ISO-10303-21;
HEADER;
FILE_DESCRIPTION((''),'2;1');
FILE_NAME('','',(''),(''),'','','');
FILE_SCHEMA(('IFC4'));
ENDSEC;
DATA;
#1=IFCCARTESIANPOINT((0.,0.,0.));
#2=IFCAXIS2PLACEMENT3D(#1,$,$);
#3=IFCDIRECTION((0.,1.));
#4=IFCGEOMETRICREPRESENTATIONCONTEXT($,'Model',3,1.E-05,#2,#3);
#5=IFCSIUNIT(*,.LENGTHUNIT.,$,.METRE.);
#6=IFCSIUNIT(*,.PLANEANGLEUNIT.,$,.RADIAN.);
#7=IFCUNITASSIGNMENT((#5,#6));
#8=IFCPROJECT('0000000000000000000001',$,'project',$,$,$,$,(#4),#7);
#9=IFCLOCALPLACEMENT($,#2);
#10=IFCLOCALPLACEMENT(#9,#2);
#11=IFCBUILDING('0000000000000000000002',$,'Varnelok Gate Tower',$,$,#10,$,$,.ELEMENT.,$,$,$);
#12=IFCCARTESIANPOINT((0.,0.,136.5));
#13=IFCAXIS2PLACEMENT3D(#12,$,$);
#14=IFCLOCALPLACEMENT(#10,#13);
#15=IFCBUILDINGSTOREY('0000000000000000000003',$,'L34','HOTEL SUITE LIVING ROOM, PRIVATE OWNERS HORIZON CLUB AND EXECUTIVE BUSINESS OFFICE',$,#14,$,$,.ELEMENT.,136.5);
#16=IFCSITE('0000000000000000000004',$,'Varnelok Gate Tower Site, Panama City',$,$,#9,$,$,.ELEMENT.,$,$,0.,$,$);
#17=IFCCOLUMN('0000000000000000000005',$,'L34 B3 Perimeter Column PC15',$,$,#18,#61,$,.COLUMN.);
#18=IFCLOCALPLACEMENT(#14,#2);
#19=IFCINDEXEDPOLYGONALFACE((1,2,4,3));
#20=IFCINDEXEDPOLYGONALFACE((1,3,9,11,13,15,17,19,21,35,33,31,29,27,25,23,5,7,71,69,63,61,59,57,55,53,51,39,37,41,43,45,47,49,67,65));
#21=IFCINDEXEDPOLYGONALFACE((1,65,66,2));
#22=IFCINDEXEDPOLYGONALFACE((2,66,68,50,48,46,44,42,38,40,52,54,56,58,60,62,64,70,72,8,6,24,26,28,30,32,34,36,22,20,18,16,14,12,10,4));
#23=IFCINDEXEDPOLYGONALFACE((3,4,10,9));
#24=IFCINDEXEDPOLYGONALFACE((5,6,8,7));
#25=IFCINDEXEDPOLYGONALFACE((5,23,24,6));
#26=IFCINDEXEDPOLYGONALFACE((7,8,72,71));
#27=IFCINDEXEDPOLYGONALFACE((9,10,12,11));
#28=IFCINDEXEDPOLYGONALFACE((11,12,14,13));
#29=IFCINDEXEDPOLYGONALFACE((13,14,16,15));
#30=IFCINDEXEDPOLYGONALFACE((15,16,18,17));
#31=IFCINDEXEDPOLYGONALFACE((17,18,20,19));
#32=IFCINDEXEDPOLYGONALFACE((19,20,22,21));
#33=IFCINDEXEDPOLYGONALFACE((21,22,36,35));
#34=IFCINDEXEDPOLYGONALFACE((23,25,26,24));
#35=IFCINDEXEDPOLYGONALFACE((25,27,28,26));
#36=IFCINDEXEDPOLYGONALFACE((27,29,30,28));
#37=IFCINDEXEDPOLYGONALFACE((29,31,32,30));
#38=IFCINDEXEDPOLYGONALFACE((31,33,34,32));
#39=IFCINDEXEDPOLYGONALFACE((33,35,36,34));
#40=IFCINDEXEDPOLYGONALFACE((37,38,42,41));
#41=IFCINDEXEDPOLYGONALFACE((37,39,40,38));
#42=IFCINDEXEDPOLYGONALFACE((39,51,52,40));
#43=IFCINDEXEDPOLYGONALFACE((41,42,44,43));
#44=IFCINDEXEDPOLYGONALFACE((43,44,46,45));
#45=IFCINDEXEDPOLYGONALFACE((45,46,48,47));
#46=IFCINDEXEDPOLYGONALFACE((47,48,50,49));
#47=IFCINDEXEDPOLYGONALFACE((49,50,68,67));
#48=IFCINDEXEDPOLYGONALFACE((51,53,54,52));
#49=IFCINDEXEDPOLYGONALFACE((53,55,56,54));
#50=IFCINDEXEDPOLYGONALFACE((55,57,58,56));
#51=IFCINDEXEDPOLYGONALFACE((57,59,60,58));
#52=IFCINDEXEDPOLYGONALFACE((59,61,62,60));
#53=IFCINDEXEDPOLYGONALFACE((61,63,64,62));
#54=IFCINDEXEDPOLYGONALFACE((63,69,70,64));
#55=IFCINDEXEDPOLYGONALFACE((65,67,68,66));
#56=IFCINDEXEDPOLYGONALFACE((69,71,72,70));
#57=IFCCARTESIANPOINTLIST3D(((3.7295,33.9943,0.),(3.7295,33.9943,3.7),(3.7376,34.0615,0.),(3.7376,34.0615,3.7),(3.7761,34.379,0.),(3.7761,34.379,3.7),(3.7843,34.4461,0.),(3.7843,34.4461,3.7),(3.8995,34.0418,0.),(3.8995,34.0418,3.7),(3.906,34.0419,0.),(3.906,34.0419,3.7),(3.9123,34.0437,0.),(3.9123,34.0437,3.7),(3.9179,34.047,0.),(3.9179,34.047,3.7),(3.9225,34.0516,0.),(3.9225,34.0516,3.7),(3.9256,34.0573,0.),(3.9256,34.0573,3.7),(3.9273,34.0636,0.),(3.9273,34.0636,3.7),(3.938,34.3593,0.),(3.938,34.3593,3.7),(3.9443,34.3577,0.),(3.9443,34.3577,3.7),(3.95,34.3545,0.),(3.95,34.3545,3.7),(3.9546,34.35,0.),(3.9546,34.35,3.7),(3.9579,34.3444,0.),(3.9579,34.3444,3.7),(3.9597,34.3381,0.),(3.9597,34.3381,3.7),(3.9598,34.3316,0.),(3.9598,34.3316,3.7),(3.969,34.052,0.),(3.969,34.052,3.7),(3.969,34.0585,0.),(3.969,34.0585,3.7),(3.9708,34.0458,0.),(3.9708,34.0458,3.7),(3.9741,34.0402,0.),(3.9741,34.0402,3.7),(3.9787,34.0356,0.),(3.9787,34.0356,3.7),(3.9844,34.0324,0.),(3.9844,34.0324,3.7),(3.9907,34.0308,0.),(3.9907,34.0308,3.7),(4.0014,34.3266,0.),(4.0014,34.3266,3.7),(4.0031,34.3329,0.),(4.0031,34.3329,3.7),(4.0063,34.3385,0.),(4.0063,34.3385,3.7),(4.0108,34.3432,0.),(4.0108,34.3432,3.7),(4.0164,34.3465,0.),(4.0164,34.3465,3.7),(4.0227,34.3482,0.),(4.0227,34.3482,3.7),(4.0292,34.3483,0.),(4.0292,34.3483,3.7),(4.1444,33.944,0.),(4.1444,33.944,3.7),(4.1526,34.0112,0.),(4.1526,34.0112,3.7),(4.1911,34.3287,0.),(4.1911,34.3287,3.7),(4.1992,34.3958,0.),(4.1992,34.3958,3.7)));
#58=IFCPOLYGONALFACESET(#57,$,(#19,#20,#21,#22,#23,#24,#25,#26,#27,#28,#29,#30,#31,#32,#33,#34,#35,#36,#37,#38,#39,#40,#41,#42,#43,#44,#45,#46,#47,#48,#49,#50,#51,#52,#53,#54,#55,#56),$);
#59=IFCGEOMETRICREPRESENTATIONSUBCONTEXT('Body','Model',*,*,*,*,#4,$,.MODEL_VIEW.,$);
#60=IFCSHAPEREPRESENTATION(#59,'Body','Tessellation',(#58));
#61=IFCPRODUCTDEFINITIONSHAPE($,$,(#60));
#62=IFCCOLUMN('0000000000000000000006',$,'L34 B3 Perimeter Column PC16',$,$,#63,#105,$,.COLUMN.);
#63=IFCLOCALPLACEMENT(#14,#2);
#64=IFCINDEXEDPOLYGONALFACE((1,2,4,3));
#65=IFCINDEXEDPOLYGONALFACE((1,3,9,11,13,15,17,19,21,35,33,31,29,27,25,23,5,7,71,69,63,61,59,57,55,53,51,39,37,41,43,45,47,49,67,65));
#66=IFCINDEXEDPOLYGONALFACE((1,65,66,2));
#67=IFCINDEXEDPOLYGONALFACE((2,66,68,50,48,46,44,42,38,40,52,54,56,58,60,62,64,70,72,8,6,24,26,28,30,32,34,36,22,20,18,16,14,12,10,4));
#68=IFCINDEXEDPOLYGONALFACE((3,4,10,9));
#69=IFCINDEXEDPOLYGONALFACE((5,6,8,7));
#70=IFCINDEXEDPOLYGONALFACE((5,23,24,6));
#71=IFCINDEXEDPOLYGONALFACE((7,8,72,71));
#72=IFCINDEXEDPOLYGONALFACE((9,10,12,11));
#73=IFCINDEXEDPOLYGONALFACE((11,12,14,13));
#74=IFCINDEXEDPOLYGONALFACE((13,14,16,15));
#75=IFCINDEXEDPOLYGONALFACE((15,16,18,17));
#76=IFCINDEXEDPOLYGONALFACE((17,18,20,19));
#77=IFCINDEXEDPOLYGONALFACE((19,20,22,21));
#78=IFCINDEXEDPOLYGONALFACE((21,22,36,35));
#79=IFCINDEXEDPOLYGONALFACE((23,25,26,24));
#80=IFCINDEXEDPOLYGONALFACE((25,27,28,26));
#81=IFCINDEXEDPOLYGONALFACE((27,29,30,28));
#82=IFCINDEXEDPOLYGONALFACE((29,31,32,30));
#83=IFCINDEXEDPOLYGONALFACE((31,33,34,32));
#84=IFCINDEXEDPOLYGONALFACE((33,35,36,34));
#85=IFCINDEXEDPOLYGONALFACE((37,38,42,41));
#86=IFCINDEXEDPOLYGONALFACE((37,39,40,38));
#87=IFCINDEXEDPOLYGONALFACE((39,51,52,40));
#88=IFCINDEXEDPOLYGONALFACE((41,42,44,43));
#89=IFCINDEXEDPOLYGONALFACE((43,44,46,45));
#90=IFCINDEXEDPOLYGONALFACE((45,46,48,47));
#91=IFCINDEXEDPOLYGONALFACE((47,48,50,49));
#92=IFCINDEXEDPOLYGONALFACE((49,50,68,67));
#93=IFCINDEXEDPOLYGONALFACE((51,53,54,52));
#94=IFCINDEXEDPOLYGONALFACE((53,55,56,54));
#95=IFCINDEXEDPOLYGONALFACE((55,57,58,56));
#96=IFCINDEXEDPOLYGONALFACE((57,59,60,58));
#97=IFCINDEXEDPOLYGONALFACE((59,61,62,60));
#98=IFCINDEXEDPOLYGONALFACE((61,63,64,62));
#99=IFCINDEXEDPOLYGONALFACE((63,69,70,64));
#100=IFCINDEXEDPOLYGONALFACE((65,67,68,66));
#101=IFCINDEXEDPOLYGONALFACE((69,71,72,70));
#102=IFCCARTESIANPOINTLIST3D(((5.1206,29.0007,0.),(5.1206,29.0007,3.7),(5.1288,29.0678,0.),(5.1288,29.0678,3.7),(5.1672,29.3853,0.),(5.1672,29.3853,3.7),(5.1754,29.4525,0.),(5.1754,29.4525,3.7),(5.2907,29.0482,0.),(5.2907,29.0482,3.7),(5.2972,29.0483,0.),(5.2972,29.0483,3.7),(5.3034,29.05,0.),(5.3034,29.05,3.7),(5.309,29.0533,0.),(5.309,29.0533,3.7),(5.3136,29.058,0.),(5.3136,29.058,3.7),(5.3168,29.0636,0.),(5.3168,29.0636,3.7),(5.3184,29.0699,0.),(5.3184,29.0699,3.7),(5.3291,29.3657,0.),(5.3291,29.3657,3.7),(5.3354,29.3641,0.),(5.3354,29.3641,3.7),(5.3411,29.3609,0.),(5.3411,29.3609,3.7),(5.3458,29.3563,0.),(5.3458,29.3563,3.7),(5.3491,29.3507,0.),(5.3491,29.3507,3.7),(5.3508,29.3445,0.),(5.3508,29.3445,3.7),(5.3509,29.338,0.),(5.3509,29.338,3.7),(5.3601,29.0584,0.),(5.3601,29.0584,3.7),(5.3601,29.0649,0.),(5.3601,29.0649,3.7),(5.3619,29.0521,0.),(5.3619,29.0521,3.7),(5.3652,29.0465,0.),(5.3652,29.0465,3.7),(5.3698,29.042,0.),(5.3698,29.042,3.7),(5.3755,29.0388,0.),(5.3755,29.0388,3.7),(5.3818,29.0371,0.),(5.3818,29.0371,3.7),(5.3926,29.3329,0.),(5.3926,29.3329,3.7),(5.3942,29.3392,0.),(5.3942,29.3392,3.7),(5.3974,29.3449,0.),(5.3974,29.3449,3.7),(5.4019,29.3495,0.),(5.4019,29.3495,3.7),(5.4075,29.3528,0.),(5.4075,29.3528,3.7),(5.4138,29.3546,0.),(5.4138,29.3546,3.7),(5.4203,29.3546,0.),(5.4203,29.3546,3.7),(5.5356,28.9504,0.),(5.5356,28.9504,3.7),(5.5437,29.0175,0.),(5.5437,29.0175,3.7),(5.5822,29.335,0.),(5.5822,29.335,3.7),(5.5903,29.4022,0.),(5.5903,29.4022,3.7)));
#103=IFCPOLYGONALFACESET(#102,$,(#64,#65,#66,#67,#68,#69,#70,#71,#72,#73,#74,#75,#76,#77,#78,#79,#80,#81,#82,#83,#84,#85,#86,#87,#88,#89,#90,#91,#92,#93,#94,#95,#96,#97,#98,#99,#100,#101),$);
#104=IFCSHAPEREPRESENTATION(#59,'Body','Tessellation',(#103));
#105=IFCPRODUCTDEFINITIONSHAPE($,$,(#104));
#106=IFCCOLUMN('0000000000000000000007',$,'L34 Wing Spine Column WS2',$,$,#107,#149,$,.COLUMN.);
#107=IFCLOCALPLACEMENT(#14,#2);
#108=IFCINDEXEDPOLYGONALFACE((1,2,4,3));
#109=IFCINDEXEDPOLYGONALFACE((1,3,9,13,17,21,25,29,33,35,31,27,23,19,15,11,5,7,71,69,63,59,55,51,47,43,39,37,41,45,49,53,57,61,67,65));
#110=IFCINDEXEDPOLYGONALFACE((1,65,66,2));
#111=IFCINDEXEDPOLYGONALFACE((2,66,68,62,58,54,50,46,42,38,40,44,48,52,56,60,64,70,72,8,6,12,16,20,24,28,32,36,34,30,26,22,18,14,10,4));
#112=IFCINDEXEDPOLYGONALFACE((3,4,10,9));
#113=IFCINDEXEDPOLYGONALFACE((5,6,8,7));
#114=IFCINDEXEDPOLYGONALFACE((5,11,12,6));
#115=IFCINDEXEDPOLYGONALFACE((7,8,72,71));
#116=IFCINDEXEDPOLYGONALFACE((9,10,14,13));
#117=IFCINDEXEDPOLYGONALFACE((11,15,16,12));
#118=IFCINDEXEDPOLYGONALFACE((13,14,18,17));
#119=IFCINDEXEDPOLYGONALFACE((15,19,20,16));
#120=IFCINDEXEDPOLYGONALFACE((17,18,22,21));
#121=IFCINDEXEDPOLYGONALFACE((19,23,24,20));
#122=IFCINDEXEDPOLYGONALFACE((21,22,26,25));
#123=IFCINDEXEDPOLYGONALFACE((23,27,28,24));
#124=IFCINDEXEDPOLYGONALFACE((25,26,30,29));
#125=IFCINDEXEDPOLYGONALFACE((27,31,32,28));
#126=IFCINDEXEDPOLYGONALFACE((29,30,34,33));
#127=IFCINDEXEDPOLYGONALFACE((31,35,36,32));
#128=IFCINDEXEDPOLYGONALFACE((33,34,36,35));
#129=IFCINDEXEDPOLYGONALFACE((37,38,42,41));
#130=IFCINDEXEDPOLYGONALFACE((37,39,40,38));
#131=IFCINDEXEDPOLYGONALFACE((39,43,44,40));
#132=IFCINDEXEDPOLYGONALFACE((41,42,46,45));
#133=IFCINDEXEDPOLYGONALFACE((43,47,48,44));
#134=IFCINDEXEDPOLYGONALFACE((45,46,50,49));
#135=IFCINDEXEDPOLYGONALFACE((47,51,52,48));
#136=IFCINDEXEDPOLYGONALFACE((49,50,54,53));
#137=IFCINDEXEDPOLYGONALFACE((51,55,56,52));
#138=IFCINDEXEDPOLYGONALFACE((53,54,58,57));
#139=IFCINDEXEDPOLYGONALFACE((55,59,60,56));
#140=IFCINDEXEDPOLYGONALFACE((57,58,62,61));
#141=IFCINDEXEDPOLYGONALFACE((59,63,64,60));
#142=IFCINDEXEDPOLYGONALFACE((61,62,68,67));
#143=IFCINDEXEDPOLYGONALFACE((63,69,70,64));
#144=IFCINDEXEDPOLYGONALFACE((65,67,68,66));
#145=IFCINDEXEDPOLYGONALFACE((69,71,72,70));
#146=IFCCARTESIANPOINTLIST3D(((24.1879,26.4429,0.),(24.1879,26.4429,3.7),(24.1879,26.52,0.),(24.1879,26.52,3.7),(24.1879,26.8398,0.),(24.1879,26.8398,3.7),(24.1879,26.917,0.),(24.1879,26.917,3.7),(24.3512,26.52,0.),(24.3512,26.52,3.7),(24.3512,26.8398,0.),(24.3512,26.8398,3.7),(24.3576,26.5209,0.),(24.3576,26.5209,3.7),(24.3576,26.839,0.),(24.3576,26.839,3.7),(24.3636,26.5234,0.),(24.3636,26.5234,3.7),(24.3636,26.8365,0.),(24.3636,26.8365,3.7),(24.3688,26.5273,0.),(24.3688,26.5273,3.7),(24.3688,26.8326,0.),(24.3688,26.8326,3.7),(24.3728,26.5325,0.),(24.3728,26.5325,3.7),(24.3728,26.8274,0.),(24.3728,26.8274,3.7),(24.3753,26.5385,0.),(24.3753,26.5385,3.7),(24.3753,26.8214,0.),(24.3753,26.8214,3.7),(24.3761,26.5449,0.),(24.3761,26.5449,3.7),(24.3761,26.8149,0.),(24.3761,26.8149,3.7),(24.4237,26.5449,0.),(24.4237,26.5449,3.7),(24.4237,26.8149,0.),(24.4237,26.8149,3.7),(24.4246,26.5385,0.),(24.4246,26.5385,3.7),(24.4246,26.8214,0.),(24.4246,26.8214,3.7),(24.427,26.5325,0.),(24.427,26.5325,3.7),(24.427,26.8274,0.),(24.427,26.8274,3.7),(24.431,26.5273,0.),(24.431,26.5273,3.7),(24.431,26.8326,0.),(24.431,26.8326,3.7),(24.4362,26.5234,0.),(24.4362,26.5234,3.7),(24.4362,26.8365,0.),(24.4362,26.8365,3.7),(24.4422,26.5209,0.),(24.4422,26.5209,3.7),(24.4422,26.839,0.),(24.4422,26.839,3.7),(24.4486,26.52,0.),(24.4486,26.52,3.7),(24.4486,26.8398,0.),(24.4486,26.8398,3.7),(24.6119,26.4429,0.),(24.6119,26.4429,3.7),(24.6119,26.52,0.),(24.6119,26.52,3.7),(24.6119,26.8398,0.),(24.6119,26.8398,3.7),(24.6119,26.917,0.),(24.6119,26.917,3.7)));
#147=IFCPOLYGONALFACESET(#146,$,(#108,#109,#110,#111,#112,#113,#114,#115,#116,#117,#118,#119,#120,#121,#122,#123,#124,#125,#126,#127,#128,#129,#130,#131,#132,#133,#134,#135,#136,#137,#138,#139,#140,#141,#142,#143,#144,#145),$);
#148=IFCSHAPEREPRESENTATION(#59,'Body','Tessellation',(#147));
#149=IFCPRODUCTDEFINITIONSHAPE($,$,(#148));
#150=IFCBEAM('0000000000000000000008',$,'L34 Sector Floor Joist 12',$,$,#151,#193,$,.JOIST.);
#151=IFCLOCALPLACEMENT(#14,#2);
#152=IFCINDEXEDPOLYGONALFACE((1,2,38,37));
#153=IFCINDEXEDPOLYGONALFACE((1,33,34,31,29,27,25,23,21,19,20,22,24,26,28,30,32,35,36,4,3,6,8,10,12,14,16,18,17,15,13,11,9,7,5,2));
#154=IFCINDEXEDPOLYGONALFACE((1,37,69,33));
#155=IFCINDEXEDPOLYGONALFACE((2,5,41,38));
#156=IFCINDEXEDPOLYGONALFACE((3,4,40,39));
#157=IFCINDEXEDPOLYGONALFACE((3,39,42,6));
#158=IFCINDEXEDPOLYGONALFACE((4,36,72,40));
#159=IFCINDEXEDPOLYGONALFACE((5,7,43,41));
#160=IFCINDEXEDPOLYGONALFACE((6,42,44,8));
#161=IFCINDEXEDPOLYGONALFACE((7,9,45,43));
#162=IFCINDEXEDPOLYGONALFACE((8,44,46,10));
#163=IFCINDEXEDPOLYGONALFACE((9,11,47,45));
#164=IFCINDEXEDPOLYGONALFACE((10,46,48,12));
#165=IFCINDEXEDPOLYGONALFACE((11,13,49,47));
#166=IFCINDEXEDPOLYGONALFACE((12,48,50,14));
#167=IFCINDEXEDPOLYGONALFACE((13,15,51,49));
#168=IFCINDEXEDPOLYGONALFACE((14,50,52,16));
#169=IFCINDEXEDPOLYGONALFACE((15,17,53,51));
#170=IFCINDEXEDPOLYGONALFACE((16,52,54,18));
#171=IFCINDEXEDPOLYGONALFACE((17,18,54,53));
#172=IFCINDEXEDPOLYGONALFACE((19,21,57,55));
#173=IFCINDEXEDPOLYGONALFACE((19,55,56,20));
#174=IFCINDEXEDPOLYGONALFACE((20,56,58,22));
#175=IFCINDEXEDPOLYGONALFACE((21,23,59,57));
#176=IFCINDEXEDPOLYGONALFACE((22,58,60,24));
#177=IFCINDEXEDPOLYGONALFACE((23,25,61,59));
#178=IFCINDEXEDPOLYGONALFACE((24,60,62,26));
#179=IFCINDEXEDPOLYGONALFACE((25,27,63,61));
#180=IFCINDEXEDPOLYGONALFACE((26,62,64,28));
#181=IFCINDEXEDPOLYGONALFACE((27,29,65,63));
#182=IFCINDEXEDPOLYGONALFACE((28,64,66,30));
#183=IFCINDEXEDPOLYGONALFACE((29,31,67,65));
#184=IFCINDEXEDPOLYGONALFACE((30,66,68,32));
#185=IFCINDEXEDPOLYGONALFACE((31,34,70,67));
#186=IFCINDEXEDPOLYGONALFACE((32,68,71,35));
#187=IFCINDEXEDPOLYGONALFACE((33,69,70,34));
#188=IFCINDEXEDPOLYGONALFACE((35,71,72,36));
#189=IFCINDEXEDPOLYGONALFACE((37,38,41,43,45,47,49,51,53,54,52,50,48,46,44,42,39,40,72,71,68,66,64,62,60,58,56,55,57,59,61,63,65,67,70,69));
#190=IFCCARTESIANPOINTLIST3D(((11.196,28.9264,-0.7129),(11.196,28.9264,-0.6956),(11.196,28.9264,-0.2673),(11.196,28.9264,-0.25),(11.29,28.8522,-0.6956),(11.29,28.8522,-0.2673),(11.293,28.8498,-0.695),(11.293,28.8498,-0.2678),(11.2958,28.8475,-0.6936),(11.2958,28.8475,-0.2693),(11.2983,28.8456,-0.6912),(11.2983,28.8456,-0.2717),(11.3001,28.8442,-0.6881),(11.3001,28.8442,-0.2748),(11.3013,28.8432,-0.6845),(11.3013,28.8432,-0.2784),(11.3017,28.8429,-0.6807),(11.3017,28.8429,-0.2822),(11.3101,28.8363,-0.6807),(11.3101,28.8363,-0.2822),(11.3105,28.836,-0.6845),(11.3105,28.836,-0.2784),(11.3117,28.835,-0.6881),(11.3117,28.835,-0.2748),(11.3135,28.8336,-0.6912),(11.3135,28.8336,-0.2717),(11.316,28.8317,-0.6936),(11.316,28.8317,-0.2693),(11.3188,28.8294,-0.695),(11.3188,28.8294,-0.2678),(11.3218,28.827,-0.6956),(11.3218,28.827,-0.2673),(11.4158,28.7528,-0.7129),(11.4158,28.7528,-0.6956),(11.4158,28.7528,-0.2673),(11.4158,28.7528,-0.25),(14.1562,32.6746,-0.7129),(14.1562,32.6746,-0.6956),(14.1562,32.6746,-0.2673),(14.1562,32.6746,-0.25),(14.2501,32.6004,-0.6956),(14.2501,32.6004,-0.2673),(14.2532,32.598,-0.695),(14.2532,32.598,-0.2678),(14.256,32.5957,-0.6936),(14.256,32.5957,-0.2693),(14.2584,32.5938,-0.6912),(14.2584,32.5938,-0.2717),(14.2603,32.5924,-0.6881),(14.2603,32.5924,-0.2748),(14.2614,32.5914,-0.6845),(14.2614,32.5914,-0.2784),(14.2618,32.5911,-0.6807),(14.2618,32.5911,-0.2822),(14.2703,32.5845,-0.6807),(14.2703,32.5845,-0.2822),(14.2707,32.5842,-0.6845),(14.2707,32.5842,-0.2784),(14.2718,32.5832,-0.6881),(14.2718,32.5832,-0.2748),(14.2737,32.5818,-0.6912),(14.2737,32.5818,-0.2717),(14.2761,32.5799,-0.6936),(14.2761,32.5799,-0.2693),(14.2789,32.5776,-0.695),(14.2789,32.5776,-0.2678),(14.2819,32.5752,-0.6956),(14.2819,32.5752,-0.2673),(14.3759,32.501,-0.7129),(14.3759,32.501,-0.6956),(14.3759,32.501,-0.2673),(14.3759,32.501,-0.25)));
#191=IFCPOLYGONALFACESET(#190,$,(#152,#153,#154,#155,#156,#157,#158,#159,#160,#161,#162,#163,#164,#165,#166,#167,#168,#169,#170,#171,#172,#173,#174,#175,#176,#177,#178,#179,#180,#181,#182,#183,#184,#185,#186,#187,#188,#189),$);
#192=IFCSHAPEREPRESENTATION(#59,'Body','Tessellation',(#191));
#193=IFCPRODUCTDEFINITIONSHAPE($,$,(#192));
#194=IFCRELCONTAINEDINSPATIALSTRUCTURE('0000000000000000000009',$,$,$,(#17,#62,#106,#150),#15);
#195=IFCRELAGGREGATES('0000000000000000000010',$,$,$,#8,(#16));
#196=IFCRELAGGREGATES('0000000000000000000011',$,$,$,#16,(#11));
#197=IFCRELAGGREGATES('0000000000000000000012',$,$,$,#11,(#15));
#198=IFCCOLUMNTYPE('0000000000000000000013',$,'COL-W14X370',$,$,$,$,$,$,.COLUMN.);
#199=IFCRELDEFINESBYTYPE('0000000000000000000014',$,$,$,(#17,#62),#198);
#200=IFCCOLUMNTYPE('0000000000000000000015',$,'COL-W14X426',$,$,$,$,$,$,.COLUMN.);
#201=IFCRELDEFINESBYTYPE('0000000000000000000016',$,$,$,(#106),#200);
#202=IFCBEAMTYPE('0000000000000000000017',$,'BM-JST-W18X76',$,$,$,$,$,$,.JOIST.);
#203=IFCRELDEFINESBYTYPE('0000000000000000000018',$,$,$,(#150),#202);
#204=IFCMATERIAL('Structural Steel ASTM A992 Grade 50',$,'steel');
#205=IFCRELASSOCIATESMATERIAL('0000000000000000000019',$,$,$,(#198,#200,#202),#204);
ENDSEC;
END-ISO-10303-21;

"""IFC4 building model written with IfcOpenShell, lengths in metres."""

from ifc_helpers import new_model, si_unit, direction, frame, origin, origin_2d, place, context, subcontext, project, spatial, i_section, extrude, material, material_profile, profile_set, type_object, element, save


model = new_model("IFC4")

# Units and contexts
model_context = context("Model", 3, precision=1e-05, world=origin(), true_north=direction((0.0, 1.0)))
body_context = subcontext(model_context, "Body", "Model", "MODEL_VIEW")
ifc_project = project(units=[si_unit("LENGTHUNIT", "METRE"), si_unit("PLANEANGLEUNIT", "RADIAN")], contexts=[model_context])

# Site, building, storey
site_placement = place(None, origin())
site = spatial("IfcSite", under=ifc_project, at=site_placement, Name="Varnelok Gate Tower Site, Panama City", CompositionType="ELEMENT", RefElevation=0.0)
building_placement = place(site_placement, origin())
building = spatial("IfcBuilding", under=site, at=building_placement, Name="Varnelok Gate Tower", CompositionType="ELEMENT")
storey_placement = place(building_placement, frame((0.0, 0.0, 136.5)))
storey = spatial("IfcBuildingStorey", under=building, at=storey_placement, Name="L34", Description="HOTEL SUITE LIVING ROOM, PRIVATE OWNERS HORIZON CLUB AND EXECUTIVE BUSINESS OFFICE", CompositionType="ELEMENT", Elevation=136.5)

# Columns
ifc_material_1 = material(Name="Structural Steel ASTM A992 Grade 50", Category="steel")
ifc_material_profile_1 = material_profile(ifc_material_1, i_section(OverallWidth=0.418, OverallDepth=0.4551, WebThickness=0.042, FlangeThickness=0.0676, FilletRadius=0.0249, at=origin_2d()), Name="W14X370")
ifc_profile_set_1 = profile_set([ifc_material_profile_1], Name="Structural Steel ASTM A992 Grade 50")
column_type_1 = type_object("IfcColumnType", Name="COL-W14X370", PredefinedType="COLUMN", material=ifc_profile_set_1)
for number, where, z_axis, x_axis, name in (
    (1, (3.9644, 34.1951, 0.0), (0.0, 0.0, 1.0), (0.992732, -0.120345, 0.0), "L34 B3 Perimeter Column PC15"),
    (2, (5.3555, 29.2014, 0.0), (0.0, 0.0, 1.0), (0.992732, -0.120345, 0.0), "L34 B3 Perimeter Column PC16"),
):
    element("IfcColumn", number, at=place(storey_placement, frame(where, z_axis=z_axis, x_axis=x_axis)), inside=storey, type_object=column_type_1, Name=name, PredefinedType="COLUMN", context=body_context, shape_type="SweptSolid", body=[
        extrude(i_section(OverallWidth=0.418, OverallDepth=0.4551, WebThickness=0.042, FlangeThickness=0.0676, FilletRadius=0.0249, at=origin_2d()), origin(), (0.0, 0.0, 1.0), 3.7),
    ])
ifc_material_profile_2 = material_profile(ifc_material_1, i_section(OverallWidth=0.4241, OverallDepth=0.4741, WebThickness=0.0476, FlangeThickness=0.0771, FilletRadius=0.0249, at=origin_2d()), Name="W14X426")
ifc_profile_set_2 = profile_set([ifc_material_profile_2], Name="Structural Steel ASTM A992 Grade 50")
column_type_2 = type_object("IfcColumnType", Name="COL-W14X426", PredefinedType="COLUMN", material=ifc_profile_set_2)
column_placement = place(storey_placement, frame((24.3999, 26.6799, 0.0), z_axis=(0.0, 0.0, 1.0), x_axis=(1.0, 0.0, 0.0)))
element("IfcColumn", 3, at=column_placement, inside=storey, type_object=column_type_2, Name="L34 Wing Spine Column WS2", PredefinedType="COLUMN", context=body_context, shape_type="SweptSolid", body=[
    extrude(i_section(OverallWidth=0.4241, OverallDepth=0.4741, WebThickness=0.0476, FlangeThickness=0.0771, FilletRadius=0.0249, at=origin_2d()), origin(), (0.0, 0.0, 1.0), 3.7),
])

# Beam
ifc_material_profile_3 = material_profile(ifc_material_1, i_section(OverallWidth=0.28, OverallDepth=0.4629, WebThickness=0.0107, FlangeThickness=0.0173, FilletRadius=0.0149, at=origin_2d()), Name="W18X76")
ifc_profile_set_3 = profile_set([ifc_material_profile_3], Name="Structural Steel ASTM A992 Grade 50")
beam_type_1 = type_object("IfcBeamType", Name="BM-JST-W18X76", PredefinedType="JOIST", material=ifc_profile_set_3)
beam_1_placement = place(storey_placement, frame((11.3059, 28.8396, -0.4814), z_axis=(0.619777, 0.784778, 0.0), x_axis=(-0.784778, 0.619777, 0.0)))
element("IfcBeam", 4, at=beam_1_placement, inside=storey, type_object=beam_type_1, Name="L34 Sector Floor Joist 12", PredefinedType="JOIST", context=body_context, shape_type="SweptSolid", body=[
    extrude(i_section(OverallWidth=0.28, OverallDepth=0.4629, WebThickness=0.0107, FlangeThickness=0.0173, FilletRadius=0.0149, at=origin_2d()), origin(), (0.0, 0.0, 1.0), 4.7761),
])

save(model, "model.ifc")
